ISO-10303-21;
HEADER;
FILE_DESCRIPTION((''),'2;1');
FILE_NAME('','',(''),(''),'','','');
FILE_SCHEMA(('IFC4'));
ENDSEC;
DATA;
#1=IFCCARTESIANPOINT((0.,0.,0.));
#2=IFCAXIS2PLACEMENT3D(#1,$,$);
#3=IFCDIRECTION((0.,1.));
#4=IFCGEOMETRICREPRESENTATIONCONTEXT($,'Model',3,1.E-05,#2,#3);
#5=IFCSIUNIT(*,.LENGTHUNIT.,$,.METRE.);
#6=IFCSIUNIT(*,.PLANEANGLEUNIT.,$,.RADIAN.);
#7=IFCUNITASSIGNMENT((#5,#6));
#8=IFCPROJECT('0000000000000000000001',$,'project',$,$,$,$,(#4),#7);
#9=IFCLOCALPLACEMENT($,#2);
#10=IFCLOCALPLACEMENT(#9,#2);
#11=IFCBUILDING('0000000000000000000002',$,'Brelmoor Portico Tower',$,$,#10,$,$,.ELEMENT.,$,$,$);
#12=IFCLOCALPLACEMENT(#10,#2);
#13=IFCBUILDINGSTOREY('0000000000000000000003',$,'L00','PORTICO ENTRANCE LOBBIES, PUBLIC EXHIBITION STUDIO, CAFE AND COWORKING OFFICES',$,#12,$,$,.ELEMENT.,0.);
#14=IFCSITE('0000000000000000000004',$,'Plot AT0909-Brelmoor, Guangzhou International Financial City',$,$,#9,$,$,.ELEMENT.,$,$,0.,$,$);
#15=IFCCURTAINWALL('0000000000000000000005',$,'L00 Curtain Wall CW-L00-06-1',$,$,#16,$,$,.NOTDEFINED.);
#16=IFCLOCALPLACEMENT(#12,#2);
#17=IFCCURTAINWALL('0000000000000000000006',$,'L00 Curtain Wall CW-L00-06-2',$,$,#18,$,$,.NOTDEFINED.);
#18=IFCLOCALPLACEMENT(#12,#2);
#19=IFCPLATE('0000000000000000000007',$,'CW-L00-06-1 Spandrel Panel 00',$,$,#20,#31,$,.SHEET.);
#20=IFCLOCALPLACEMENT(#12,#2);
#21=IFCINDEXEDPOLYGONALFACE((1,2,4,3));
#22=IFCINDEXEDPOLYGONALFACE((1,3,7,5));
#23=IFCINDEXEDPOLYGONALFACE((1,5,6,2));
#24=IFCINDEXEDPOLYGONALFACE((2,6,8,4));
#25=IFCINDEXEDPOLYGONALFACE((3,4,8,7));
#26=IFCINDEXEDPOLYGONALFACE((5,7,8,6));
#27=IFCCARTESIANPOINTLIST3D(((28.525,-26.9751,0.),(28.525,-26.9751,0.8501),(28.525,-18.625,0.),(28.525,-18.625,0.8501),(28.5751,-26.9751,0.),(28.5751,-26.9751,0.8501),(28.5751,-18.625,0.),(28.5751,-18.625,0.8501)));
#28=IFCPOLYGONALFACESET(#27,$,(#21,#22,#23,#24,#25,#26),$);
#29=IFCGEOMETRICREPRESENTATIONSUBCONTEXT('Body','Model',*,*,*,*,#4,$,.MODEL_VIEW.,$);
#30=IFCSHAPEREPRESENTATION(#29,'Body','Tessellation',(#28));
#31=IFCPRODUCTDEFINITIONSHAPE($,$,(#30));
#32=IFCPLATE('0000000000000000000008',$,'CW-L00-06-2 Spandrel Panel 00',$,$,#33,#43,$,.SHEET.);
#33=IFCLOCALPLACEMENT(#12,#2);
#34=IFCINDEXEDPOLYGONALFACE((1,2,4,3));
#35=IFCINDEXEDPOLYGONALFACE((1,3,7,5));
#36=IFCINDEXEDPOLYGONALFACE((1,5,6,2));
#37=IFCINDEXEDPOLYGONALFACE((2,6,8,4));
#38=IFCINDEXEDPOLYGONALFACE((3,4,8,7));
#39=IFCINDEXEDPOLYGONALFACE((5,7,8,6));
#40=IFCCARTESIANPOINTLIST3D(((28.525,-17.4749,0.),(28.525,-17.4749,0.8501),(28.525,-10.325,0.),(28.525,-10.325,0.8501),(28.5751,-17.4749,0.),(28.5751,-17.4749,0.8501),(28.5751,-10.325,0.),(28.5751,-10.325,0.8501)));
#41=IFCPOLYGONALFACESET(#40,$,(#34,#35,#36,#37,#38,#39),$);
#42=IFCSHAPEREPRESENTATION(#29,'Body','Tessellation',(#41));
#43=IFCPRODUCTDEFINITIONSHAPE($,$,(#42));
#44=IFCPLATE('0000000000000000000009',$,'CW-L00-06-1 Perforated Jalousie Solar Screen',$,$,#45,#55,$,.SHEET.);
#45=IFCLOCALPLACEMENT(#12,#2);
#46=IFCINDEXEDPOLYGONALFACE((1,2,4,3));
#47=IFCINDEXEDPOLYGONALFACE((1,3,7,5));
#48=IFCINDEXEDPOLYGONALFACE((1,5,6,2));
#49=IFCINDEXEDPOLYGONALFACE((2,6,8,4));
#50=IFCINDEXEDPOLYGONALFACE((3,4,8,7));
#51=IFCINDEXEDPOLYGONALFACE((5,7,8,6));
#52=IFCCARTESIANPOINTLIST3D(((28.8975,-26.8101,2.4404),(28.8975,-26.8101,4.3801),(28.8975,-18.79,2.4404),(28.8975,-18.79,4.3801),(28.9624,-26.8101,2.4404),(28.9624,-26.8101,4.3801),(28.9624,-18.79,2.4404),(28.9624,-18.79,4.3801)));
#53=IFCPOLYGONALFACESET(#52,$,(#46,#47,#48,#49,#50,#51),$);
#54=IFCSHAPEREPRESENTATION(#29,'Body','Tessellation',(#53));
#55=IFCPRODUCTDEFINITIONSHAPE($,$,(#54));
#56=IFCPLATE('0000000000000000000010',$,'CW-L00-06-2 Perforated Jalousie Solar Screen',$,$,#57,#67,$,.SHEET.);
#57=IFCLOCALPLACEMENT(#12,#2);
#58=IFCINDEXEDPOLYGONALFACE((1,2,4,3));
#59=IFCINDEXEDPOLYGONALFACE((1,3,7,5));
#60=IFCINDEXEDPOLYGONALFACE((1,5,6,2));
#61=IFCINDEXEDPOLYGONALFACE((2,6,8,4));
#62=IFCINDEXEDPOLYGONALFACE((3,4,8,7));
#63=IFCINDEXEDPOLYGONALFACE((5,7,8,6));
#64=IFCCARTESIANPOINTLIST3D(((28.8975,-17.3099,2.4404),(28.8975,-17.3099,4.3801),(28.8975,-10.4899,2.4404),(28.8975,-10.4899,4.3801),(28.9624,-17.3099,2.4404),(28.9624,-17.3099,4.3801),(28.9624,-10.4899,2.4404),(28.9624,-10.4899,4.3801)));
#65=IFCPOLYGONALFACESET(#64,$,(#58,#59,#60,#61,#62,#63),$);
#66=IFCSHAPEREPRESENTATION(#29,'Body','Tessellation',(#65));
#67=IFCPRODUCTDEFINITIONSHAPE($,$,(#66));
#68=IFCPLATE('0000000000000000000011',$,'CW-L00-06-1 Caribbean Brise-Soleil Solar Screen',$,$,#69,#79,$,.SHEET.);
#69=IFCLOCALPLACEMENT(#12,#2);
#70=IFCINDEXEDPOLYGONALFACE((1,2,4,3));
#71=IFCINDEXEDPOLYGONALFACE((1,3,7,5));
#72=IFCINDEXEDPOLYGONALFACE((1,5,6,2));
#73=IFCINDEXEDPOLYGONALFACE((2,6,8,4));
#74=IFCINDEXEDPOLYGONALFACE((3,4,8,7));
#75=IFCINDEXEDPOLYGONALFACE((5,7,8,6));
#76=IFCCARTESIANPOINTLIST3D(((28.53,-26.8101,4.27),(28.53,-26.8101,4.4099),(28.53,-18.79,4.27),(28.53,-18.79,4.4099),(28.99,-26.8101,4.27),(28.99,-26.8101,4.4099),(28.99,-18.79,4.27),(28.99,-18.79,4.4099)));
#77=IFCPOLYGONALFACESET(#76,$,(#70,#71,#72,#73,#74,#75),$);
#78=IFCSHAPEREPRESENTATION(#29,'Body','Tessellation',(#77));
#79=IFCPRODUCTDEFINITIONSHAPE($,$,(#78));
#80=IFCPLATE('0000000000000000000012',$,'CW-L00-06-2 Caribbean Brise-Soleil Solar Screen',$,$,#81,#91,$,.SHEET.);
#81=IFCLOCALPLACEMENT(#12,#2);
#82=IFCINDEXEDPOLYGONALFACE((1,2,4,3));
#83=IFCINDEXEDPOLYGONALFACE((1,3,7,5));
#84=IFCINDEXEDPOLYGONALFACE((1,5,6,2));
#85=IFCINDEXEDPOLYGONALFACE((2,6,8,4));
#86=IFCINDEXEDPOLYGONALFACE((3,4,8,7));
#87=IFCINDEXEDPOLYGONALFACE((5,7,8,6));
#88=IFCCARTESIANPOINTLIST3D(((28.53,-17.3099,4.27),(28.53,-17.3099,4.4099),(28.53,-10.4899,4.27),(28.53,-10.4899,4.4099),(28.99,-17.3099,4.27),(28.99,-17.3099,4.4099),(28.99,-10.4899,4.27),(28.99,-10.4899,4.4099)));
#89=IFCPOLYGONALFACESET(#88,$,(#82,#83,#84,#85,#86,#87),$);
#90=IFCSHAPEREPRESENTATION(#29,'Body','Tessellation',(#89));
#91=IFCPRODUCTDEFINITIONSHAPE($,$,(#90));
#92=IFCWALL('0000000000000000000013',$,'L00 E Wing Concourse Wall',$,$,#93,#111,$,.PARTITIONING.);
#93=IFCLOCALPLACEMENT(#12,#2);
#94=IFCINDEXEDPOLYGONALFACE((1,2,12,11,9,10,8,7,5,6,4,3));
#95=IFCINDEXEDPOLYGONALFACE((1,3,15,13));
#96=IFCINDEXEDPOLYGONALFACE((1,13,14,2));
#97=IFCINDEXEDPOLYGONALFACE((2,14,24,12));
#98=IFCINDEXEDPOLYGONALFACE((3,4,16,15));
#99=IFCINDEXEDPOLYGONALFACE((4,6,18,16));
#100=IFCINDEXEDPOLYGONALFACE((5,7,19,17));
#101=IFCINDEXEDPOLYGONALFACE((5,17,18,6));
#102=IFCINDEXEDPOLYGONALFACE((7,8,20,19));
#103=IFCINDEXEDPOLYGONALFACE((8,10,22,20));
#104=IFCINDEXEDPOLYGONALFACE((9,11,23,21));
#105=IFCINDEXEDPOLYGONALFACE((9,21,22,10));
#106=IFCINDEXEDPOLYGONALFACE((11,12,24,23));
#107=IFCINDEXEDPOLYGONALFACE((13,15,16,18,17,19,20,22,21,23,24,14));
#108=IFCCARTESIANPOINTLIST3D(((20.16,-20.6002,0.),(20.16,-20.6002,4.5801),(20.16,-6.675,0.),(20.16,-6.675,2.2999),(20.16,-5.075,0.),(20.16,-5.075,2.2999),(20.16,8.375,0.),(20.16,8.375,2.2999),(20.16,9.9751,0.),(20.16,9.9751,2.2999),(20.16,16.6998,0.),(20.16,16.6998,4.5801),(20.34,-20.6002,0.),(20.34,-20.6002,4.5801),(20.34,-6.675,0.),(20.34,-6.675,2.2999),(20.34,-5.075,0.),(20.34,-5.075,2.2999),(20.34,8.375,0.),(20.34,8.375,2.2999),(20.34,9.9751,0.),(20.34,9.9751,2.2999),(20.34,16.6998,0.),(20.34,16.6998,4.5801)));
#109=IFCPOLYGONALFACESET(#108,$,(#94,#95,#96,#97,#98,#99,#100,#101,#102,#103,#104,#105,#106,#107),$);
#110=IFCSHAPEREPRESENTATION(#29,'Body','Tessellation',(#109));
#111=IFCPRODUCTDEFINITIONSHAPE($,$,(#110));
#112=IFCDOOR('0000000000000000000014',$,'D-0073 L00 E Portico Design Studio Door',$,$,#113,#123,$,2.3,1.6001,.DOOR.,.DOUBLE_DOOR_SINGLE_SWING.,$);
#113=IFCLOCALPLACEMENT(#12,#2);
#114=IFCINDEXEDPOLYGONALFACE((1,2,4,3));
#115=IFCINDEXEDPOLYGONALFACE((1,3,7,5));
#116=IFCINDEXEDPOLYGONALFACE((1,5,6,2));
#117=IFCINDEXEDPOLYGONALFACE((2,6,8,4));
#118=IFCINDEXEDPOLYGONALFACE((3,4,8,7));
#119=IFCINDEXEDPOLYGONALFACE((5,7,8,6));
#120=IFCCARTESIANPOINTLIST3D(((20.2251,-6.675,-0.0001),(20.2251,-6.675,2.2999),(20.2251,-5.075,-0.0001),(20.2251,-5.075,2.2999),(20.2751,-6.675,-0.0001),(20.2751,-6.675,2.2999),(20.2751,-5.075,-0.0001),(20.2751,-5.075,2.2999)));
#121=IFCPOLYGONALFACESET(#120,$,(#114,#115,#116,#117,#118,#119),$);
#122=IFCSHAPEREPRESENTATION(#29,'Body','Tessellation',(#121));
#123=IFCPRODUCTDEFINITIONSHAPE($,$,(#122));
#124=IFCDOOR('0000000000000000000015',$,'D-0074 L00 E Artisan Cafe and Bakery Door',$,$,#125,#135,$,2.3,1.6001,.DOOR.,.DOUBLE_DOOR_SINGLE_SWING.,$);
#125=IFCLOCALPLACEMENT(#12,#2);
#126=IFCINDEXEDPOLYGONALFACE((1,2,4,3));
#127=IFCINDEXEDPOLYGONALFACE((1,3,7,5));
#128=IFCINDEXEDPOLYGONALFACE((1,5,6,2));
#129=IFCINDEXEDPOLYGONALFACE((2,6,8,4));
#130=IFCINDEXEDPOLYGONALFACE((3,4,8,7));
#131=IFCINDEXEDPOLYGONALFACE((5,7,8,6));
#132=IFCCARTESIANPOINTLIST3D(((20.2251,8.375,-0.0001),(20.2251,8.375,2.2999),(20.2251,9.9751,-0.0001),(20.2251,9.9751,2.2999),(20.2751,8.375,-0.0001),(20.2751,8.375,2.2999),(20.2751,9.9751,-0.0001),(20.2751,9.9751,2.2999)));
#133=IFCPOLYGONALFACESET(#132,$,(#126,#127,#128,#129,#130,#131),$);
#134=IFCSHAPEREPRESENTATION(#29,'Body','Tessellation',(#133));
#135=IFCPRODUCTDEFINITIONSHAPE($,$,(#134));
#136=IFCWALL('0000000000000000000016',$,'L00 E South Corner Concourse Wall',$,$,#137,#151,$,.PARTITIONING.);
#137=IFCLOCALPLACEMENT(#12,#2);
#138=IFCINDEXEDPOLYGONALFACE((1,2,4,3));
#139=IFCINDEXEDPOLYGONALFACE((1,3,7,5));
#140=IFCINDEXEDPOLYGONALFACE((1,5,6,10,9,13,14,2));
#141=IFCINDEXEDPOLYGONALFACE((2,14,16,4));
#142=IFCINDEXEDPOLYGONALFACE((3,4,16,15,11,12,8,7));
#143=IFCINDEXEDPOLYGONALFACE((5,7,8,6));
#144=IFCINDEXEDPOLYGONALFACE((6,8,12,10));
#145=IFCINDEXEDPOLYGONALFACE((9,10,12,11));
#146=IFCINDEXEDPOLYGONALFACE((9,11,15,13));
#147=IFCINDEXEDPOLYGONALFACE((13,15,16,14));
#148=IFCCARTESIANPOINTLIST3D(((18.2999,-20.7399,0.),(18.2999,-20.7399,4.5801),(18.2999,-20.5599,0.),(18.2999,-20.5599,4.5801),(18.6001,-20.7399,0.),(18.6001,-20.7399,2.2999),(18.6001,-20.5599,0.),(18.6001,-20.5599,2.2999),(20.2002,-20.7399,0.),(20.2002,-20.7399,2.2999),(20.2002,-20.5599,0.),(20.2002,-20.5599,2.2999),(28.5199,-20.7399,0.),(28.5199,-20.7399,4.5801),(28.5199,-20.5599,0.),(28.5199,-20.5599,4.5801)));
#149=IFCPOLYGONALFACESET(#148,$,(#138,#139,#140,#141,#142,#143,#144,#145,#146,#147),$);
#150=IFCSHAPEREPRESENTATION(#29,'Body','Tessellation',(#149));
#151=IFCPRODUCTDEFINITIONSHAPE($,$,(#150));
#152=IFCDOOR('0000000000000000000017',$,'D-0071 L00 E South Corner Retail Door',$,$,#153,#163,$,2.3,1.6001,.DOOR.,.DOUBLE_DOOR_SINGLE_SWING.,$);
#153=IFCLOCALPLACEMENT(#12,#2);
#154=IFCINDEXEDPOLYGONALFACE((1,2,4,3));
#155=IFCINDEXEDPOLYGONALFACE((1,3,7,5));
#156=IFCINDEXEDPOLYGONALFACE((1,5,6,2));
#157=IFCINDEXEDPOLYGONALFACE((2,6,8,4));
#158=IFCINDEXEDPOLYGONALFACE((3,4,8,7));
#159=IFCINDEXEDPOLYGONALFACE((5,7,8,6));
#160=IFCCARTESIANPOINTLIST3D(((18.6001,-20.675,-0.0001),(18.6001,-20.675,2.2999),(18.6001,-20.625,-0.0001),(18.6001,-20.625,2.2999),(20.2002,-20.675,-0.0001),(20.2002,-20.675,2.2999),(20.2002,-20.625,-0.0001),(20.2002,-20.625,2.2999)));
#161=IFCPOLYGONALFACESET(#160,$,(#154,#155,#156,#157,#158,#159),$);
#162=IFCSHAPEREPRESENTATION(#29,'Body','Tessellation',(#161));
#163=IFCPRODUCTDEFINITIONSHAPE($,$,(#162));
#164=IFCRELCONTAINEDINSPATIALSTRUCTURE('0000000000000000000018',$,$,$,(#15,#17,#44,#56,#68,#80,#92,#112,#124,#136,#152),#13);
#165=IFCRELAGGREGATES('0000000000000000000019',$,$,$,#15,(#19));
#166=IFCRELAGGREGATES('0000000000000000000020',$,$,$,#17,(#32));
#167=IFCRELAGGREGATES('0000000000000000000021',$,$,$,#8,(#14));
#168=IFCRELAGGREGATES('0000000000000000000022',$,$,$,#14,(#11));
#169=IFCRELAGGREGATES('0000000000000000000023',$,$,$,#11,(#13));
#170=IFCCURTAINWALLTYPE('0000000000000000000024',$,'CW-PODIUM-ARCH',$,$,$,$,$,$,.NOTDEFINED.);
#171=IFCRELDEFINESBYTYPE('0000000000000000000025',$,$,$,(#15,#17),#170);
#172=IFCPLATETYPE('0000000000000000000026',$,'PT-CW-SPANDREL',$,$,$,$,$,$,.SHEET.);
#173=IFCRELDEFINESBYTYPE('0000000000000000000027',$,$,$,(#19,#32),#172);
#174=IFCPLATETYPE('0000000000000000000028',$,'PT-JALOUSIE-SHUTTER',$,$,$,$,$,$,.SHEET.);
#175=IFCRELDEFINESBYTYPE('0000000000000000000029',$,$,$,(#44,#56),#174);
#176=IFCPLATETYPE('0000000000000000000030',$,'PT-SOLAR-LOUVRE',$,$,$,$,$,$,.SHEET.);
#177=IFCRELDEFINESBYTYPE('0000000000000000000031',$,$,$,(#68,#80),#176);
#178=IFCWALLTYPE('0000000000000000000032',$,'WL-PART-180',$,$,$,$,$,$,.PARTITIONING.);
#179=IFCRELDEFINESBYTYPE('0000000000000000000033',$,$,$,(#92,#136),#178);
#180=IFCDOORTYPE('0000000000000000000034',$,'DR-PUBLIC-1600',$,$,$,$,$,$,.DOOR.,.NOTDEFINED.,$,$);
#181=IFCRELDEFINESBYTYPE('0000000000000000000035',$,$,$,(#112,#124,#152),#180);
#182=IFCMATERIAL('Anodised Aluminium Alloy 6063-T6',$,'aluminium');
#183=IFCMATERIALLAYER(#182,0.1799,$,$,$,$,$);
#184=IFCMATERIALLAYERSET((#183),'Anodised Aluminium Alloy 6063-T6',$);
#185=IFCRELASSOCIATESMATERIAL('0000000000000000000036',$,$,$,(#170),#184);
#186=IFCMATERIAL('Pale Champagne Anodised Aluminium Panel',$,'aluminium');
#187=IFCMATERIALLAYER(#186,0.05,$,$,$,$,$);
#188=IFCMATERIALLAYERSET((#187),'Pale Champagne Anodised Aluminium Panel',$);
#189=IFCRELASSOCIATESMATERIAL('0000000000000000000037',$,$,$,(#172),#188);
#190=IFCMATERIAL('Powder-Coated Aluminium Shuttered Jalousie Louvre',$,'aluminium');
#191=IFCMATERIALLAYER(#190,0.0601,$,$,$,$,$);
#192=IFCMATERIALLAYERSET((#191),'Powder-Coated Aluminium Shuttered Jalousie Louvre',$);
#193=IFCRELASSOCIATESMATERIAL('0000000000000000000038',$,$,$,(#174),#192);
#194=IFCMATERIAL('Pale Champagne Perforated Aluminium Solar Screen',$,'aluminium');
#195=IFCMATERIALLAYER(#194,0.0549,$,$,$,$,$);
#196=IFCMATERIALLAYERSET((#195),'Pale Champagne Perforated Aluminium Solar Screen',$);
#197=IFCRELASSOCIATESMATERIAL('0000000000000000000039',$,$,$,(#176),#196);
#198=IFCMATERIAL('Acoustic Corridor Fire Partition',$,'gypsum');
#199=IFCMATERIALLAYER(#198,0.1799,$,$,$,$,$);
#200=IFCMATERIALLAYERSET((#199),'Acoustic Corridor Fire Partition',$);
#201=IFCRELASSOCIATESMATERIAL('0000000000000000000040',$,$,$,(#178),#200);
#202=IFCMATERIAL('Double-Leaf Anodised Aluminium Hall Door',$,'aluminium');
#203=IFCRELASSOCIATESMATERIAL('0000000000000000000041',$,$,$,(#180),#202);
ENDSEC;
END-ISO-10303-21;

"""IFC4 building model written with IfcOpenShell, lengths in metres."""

from ifc_helpers import new_model, si_unit, direction, frame, frame_2d, origin, origin_2d, place, context, subcontext, project, spatial, rectangle, extrude, material, layer, layer_set, type_object, element, fill, aggregate, save


model = new_model("IFC4")

# Units and contexts
model_context = context("Model", 3, precision=1e-05, world=origin(), true_north=direction((0.0, 1.0)))
body_context = subcontext(model_context, "Body", "Model", "MODEL_VIEW")
ifc_project = project(units=[si_unit("LENGTHUNIT", "METRE"), si_unit("PLANEANGLEUNIT", "RADIAN")], contexts=[model_context])

# Site, building, storey
site_placement = place(None, origin())
site = spatial("IfcSite", under=ifc_project, at=site_placement, Name="Plot AT0909-Brelmoor, Guangzhou International Financial City", CompositionType="ELEMENT", RefElevation=0.0)
building_placement = place(site_placement, origin())
building = spatial("IfcBuilding", under=site, at=building_placement, Name="Brelmoor Portico Tower", CompositionType="ELEMENT")
storey_placement = place(building_placement, origin())
storey = spatial("IfcBuildingStorey", under=building, at=storey_placement, Name="L00", Description="PORTICO ENTRANCE LOBBIES, PUBLIC EXHIBITION STUDIO, CAFE AND COWORKING OFFICES", CompositionType="ELEMENT", Elevation=0.0)

# Curtain walls
ifc_material_1 = material(Name="Anodised Aluminium Alloy 6063-T6", Category="aluminium")
ifc_layer_1 = layer(ifc_material_1, 0.1799)
ifc_layer_set_1 = layer_set([ifc_layer_1], Name="Anodised Aluminium Alloy 6063-T6")
curtain_wall_type = type_object("IfcCurtainWallType", Name="CW-PODIUM-ARCH", PredefinedType="NOTDEFINED", material=ifc_layer_set_1)
curtain_wall_1_placement = place(storey_placement, origin())
curtain_wall_1 = element("IfcCurtainWall", 1, at=curtain_wall_1_placement, inside=storey, type_object=curtain_wall_type, Name="L00 Curtain Wall CW-L00-06-1", PredefinedType="NOTDEFINED")
curtain_wall_2_placement = place(storey_placement, origin())
curtain_wall_2 = element("IfcCurtainWall", 2, at=curtain_wall_2_placement, inside=storey, type_object=curtain_wall_type, Name="L00 Curtain Wall CW-L00-06-2", PredefinedType="NOTDEFINED")

# Plates
ifc_material_2 = material(Name="Pale Champagne Anodised Aluminium Panel", Category="aluminium")
ifc_layer_2 = layer(ifc_material_2, 0.05)
ifc_layer_set_2 = layer_set([ifc_layer_2], Name="Pale Champagne Anodised Aluminium Panel")
plate_type_1 = type_object("IfcPlateType", Name="PT-CW-SPANDREL", PredefinedType="SHEET", material=ifc_layer_set_2)
plate_1_placement = place(storey_placement, frame((28.55, -22.8, 0.0), z_axis=(0.0, 0.0, 1.0), x_axis=(0.0, 1.0, 0.0)))
plate_1 = element("IfcPlate", 3, at=plate_1_placement, type_object=plate_type_1, Name="CW-L00-06-1 Spandrel Panel 00", PredefinedType="SHEET", context=body_context, shape_type="SweptSolid", body=[
    extrude(rectangle(XDim=8.3501, YDim=0.05, at=origin_2d()), origin(), (0.0, 0.0, 1.0), 0.8501),
])
aggregate(curtain_wall_1, [plate_1])
plate_2_placement = place(storey_placement, frame((28.55, -13.8999, 0.0), z_axis=(0.0, 0.0, 1.0), x_axis=(0.0, 1.0, 0.0)))
plate_2 = element("IfcPlate", 4, at=plate_2_placement, type_object=plate_type_1, Name="CW-L00-06-2 Spandrel Panel 00", PredefinedType="SHEET", context=body_context, shape_type="SweptSolid", body=[
    extrude(rectangle(XDim=7.1499, YDim=0.05, at=origin_2d()), origin(), (0.0, 0.0, 1.0), 0.8501),
])
aggregate(curtain_wall_2, [plate_2])

# Plates
ifc_material_3 = material(Name="Powder-Coated Aluminium Shuttered Jalousie Louvre", Category="aluminium")
ifc_layer_3 = layer(ifc_material_3, 0.0601)
ifc_layer_set_3 = layer_set([ifc_layer_3], Name="Powder-Coated Aluminium Shuttered Jalousie Louvre")
plate_type_2 = type_object("IfcPlateType", Name="PT-JALOUSIE-SHUTTER", PredefinedType="SHEET", material=ifc_layer_set_3)
plate_3_placement = place(storey_placement, frame((28.9299, -22.8, 2.4404), z_axis=(0.0, 0.0, 1.0), x_axis=(0.0, 1.0, 0.0)))
element("IfcPlate", 5, at=plate_3_placement, inside=storey, type_object=plate_type_2, Name="CW-L00-06-1 Perforated Jalousie Solar Screen", PredefinedType="SHEET", context=body_context, shape_type="SweptSolid", body=[
    extrude(rectangle(XDim=8.02, YDim=0.0649, at=origin_2d()), origin(), (0.0, 0.0, 1.0), 1.9397),
])
plate_4_placement = place(storey_placement, frame((28.9299, -13.8999, 2.4404), z_axis=(0.0, 0.0, 1.0), x_axis=(0.0, 1.0, 0.0)))
element("IfcPlate", 6, at=plate_4_placement, inside=storey, type_object=plate_type_2, Name="CW-L00-06-2 Perforated Jalousie Solar Screen", PredefinedType="SHEET", context=body_context, shape_type="SweptSolid", body=[
    extrude(rectangle(XDim=6.8201, YDim=0.0649, at=origin_2d()), origin(), (0.0, 0.0, 1.0), 1.9397),
])
ifc_material_4 = material(Name="Pale Champagne Perforated Aluminium Solar Screen", Category="aluminium")
ifc_layer_4 = layer(ifc_material_4, 0.0549)
ifc_layer_set_4 = layer_set([ifc_layer_4], Name="Pale Champagne Perforated Aluminium Solar Screen")
plate_type_3 = type_object("IfcPlateType", Name="PT-SOLAR-LOUVRE", PredefinedType="SHEET", material=ifc_layer_set_4)
plate_5_placement = place(storey_placement, frame((28.76, -22.8, 4.27), z_axis=(0.0, 0.0, 1.0), x_axis=(0.0, 1.0, 0.0)))
element("IfcPlate", 7, at=plate_5_placement, inside=storey, type_object=plate_type_3, Name="CW-L00-06-1 Caribbean Brise-Soleil Solar Screen", PredefinedType="SHEET", context=body_context, shape_type="SweptSolid", body=[
    extrude(rectangle(XDim=8.02, YDim=0.46, at=origin_2d()), origin(), (0.0, 0.0, 1.0), 0.1399),
])
plate_6_placement = place(storey_placement, frame((28.76, -13.8999, 4.27), z_axis=(0.0, 0.0, 1.0), x_axis=(0.0, 1.0, 0.0)))
element("IfcPlate", 8, at=plate_6_placement, inside=storey, type_object=plate_type_3, Name="CW-L00-06-2 Caribbean Brise-Soleil Solar Screen", PredefinedType="SHEET", context=body_context, shape_type="SweptSolid", body=[
    extrude(rectangle(XDim=6.8201, YDim=0.46, at=origin_2d()), origin(), (0.0, 0.0, 1.0), 0.1399),
])

# Wall, openings, doors
ifc_material_5 = material(Name="Acoustic Corridor Fire Partition", Category="gypsum")
ifc_layer_5 = layer(ifc_material_5, 0.1799)
ifc_layer_set_5 = layer_set([ifc_layer_5], Name="Acoustic Corridor Fire Partition")
wall_type = type_object("IfcWallType", Name="WL-PART-180", PredefinedType="PARTITIONING", material=ifc_layer_set_5)
wall_1_placement = place(storey_placement, frame((20.25, -20.6001, 0.0), z_axis=(0.0, 0.0, 1.0), x_axis=(0.0, 1.0, 0.0)))
wall_1 = element("IfcWall", 9, at=wall_1_placement, inside=storey, type_object=wall_type, Name="L00 E Wing Concourse Wall", PredefinedType="PARTITIONING", context=body_context, shape_type="SweptSolid", body=[
    extrude(rectangle(XDim=37.3, YDim=0.1799, at=frame_2d((18.6499, 0.0))), origin(), (0.0, 0.0, 1.0), 4.5801),
])
opening_1_placement = place(wall_1_placement, frame((13.925, 0.0, 0.0)))
opening_1 = element("IfcOpeningElement", 10, at=opening_1_placement, cuts=wall_1, PredefinedType="OPENING", context=body_context, shape_type="SweptSolid", body=[
    extrude(rectangle(XDim=1.6001, YDim=2.3, at=frame_2d((0.8, 1.1499))), frame((0.0, 0.0999, 0.0), z_axis=(0.0, -1.0, 0.0), x_axis=(1.0, 0.0, 0.0)), (0.0, 0.0, 1.0), 0.2),
])
opening_2_placement = place(wall_1_placement, frame((28.9751, 0.0, 0.0)))
opening_2 = element("IfcOpeningElement", 11, at=opening_2_placement, cuts=wall_1, PredefinedType="OPENING", context=body_context, shape_type="SweptSolid", body=[
    extrude(rectangle(XDim=1.6001, YDim=2.3, at=frame_2d((0.8, 1.1499))), frame((0.0, 0.0999, 0.0), z_axis=(0.0, -1.0, 0.0), x_axis=(1.0, 0.0, 0.0)), (0.0, 0.0, 1.0), 0.2),
])
ifc_material_6 = material(Name="Double-Leaf Anodised Aluminium Hall Door", Category="aluminium")
door_type = type_object("IfcDoorType", Name="DR-PUBLIC-1600", OperationType="NOTDEFINED", PredefinedType="DOOR", material=ifc_material_6)
door_1_placement = place(opening_1_placement, origin())
door_1 = element("IfcDoor", 12, at=door_1_placement, inside=storey, type_object=door_type, Name="D-0073 L00 E Portico Design Studio Door", OperationType="DOUBLE_DOOR_SINGLE_SWING", OverallHeight=2.3, OverallWidth=1.6001, PredefinedType="DOOR", context=body_context, shape_type="SweptSolid", body=[
    extrude(rectangle(XDim=1.6001, YDim=2.3, at=frame_2d((0.8, 1.1499))), frame((0.0, 0.0249, 0.0), z_axis=(0.0, -1.0, 0.0), x_axis=(1.0, 0.0, 0.0)), (0.0, 0.0, 1.0), 0.05),
])
fill(opening_1, door_1)
door_2_placement = place(opening_2_placement, origin())
door_2 = element("IfcDoor", 13, at=door_2_placement, inside=storey, type_object=door_type, Name="D-0074 L00 E Artisan Cafe and Bakery Door", OperationType="DOUBLE_DOOR_SINGLE_SWING", OverallHeight=2.3, OverallWidth=1.6001, PredefinedType="DOOR", context=body_context, shape_type="SweptSolid", body=[
    extrude(rectangle(XDim=1.6001, YDim=2.3, at=frame_2d((0.8, 1.1499))), frame((0.0, 0.0249, 0.0), z_axis=(0.0, -1.0, 0.0), x_axis=(1.0, 0.0, 0.0)), (0.0, 0.0, 1.0), 0.05),
])
fill(opening_2, door_2)

# Wall, opening, door
wall_2_placement = place(storey_placement, frame((18.3, -20.6499, 0.0), z_axis=(0.0, 0.0, 1.0), x_axis=(1.0, 0.0, 0.0)))
wall_2 = element("IfcWall", 14, at=wall_2_placement, inside=storey, type_object=wall_type, Name="L00 E South Corner Concourse Wall", PredefinedType="PARTITIONING", context=body_context, shape_type="SweptSolid", body=[
    extrude(rectangle(XDim=10.22, YDim=0.1799, at=frame_2d((5.1099, 0.0))), origin(), (0.0, 0.0, 1.0), 4.5801),
])
opening_3_placement = place(wall_2_placement, frame((0.3, 0.0, 0.0)))
opening_3 = element("IfcOpeningElement", 15, at=opening_3_placement, cuts=wall_2, PredefinedType="OPENING", context=body_context, shape_type="SweptSolid", body=[
    extrude(rectangle(XDim=1.6001, YDim=2.3, at=frame_2d((0.8, 1.1499))), frame((0.0, 0.0999, 0.0), z_axis=(0.0, -1.0, 0.0), x_axis=(1.0, 0.0, 0.0)), (0.0, 0.0, 1.0), 0.2),
])
door_3_placement = place(opening_3_placement, origin())
door_3 = element("IfcDoor", 16, at=door_3_placement, inside=storey, type_object=door_type, Name="D-0071 L00 E South Corner Retail Door", OperationType="DOUBLE_DOOR_SINGLE_SWING", OverallHeight=2.3, OverallWidth=1.6001, PredefinedType="DOOR", context=body_context, shape_type="SweptSolid", body=[
    extrude(rectangle(XDim=1.6001, YDim=2.3, at=frame_2d((0.8, 1.1499))), frame((0.0, 0.0249, 0.0), z_axis=(0.0, -1.0, 0.0), x_axis=(1.0, 0.0, 0.0)), (0.0, 0.0, 1.0), 0.05),
])
fill(opening_3, door_3)

save(model, "model.ifc")
